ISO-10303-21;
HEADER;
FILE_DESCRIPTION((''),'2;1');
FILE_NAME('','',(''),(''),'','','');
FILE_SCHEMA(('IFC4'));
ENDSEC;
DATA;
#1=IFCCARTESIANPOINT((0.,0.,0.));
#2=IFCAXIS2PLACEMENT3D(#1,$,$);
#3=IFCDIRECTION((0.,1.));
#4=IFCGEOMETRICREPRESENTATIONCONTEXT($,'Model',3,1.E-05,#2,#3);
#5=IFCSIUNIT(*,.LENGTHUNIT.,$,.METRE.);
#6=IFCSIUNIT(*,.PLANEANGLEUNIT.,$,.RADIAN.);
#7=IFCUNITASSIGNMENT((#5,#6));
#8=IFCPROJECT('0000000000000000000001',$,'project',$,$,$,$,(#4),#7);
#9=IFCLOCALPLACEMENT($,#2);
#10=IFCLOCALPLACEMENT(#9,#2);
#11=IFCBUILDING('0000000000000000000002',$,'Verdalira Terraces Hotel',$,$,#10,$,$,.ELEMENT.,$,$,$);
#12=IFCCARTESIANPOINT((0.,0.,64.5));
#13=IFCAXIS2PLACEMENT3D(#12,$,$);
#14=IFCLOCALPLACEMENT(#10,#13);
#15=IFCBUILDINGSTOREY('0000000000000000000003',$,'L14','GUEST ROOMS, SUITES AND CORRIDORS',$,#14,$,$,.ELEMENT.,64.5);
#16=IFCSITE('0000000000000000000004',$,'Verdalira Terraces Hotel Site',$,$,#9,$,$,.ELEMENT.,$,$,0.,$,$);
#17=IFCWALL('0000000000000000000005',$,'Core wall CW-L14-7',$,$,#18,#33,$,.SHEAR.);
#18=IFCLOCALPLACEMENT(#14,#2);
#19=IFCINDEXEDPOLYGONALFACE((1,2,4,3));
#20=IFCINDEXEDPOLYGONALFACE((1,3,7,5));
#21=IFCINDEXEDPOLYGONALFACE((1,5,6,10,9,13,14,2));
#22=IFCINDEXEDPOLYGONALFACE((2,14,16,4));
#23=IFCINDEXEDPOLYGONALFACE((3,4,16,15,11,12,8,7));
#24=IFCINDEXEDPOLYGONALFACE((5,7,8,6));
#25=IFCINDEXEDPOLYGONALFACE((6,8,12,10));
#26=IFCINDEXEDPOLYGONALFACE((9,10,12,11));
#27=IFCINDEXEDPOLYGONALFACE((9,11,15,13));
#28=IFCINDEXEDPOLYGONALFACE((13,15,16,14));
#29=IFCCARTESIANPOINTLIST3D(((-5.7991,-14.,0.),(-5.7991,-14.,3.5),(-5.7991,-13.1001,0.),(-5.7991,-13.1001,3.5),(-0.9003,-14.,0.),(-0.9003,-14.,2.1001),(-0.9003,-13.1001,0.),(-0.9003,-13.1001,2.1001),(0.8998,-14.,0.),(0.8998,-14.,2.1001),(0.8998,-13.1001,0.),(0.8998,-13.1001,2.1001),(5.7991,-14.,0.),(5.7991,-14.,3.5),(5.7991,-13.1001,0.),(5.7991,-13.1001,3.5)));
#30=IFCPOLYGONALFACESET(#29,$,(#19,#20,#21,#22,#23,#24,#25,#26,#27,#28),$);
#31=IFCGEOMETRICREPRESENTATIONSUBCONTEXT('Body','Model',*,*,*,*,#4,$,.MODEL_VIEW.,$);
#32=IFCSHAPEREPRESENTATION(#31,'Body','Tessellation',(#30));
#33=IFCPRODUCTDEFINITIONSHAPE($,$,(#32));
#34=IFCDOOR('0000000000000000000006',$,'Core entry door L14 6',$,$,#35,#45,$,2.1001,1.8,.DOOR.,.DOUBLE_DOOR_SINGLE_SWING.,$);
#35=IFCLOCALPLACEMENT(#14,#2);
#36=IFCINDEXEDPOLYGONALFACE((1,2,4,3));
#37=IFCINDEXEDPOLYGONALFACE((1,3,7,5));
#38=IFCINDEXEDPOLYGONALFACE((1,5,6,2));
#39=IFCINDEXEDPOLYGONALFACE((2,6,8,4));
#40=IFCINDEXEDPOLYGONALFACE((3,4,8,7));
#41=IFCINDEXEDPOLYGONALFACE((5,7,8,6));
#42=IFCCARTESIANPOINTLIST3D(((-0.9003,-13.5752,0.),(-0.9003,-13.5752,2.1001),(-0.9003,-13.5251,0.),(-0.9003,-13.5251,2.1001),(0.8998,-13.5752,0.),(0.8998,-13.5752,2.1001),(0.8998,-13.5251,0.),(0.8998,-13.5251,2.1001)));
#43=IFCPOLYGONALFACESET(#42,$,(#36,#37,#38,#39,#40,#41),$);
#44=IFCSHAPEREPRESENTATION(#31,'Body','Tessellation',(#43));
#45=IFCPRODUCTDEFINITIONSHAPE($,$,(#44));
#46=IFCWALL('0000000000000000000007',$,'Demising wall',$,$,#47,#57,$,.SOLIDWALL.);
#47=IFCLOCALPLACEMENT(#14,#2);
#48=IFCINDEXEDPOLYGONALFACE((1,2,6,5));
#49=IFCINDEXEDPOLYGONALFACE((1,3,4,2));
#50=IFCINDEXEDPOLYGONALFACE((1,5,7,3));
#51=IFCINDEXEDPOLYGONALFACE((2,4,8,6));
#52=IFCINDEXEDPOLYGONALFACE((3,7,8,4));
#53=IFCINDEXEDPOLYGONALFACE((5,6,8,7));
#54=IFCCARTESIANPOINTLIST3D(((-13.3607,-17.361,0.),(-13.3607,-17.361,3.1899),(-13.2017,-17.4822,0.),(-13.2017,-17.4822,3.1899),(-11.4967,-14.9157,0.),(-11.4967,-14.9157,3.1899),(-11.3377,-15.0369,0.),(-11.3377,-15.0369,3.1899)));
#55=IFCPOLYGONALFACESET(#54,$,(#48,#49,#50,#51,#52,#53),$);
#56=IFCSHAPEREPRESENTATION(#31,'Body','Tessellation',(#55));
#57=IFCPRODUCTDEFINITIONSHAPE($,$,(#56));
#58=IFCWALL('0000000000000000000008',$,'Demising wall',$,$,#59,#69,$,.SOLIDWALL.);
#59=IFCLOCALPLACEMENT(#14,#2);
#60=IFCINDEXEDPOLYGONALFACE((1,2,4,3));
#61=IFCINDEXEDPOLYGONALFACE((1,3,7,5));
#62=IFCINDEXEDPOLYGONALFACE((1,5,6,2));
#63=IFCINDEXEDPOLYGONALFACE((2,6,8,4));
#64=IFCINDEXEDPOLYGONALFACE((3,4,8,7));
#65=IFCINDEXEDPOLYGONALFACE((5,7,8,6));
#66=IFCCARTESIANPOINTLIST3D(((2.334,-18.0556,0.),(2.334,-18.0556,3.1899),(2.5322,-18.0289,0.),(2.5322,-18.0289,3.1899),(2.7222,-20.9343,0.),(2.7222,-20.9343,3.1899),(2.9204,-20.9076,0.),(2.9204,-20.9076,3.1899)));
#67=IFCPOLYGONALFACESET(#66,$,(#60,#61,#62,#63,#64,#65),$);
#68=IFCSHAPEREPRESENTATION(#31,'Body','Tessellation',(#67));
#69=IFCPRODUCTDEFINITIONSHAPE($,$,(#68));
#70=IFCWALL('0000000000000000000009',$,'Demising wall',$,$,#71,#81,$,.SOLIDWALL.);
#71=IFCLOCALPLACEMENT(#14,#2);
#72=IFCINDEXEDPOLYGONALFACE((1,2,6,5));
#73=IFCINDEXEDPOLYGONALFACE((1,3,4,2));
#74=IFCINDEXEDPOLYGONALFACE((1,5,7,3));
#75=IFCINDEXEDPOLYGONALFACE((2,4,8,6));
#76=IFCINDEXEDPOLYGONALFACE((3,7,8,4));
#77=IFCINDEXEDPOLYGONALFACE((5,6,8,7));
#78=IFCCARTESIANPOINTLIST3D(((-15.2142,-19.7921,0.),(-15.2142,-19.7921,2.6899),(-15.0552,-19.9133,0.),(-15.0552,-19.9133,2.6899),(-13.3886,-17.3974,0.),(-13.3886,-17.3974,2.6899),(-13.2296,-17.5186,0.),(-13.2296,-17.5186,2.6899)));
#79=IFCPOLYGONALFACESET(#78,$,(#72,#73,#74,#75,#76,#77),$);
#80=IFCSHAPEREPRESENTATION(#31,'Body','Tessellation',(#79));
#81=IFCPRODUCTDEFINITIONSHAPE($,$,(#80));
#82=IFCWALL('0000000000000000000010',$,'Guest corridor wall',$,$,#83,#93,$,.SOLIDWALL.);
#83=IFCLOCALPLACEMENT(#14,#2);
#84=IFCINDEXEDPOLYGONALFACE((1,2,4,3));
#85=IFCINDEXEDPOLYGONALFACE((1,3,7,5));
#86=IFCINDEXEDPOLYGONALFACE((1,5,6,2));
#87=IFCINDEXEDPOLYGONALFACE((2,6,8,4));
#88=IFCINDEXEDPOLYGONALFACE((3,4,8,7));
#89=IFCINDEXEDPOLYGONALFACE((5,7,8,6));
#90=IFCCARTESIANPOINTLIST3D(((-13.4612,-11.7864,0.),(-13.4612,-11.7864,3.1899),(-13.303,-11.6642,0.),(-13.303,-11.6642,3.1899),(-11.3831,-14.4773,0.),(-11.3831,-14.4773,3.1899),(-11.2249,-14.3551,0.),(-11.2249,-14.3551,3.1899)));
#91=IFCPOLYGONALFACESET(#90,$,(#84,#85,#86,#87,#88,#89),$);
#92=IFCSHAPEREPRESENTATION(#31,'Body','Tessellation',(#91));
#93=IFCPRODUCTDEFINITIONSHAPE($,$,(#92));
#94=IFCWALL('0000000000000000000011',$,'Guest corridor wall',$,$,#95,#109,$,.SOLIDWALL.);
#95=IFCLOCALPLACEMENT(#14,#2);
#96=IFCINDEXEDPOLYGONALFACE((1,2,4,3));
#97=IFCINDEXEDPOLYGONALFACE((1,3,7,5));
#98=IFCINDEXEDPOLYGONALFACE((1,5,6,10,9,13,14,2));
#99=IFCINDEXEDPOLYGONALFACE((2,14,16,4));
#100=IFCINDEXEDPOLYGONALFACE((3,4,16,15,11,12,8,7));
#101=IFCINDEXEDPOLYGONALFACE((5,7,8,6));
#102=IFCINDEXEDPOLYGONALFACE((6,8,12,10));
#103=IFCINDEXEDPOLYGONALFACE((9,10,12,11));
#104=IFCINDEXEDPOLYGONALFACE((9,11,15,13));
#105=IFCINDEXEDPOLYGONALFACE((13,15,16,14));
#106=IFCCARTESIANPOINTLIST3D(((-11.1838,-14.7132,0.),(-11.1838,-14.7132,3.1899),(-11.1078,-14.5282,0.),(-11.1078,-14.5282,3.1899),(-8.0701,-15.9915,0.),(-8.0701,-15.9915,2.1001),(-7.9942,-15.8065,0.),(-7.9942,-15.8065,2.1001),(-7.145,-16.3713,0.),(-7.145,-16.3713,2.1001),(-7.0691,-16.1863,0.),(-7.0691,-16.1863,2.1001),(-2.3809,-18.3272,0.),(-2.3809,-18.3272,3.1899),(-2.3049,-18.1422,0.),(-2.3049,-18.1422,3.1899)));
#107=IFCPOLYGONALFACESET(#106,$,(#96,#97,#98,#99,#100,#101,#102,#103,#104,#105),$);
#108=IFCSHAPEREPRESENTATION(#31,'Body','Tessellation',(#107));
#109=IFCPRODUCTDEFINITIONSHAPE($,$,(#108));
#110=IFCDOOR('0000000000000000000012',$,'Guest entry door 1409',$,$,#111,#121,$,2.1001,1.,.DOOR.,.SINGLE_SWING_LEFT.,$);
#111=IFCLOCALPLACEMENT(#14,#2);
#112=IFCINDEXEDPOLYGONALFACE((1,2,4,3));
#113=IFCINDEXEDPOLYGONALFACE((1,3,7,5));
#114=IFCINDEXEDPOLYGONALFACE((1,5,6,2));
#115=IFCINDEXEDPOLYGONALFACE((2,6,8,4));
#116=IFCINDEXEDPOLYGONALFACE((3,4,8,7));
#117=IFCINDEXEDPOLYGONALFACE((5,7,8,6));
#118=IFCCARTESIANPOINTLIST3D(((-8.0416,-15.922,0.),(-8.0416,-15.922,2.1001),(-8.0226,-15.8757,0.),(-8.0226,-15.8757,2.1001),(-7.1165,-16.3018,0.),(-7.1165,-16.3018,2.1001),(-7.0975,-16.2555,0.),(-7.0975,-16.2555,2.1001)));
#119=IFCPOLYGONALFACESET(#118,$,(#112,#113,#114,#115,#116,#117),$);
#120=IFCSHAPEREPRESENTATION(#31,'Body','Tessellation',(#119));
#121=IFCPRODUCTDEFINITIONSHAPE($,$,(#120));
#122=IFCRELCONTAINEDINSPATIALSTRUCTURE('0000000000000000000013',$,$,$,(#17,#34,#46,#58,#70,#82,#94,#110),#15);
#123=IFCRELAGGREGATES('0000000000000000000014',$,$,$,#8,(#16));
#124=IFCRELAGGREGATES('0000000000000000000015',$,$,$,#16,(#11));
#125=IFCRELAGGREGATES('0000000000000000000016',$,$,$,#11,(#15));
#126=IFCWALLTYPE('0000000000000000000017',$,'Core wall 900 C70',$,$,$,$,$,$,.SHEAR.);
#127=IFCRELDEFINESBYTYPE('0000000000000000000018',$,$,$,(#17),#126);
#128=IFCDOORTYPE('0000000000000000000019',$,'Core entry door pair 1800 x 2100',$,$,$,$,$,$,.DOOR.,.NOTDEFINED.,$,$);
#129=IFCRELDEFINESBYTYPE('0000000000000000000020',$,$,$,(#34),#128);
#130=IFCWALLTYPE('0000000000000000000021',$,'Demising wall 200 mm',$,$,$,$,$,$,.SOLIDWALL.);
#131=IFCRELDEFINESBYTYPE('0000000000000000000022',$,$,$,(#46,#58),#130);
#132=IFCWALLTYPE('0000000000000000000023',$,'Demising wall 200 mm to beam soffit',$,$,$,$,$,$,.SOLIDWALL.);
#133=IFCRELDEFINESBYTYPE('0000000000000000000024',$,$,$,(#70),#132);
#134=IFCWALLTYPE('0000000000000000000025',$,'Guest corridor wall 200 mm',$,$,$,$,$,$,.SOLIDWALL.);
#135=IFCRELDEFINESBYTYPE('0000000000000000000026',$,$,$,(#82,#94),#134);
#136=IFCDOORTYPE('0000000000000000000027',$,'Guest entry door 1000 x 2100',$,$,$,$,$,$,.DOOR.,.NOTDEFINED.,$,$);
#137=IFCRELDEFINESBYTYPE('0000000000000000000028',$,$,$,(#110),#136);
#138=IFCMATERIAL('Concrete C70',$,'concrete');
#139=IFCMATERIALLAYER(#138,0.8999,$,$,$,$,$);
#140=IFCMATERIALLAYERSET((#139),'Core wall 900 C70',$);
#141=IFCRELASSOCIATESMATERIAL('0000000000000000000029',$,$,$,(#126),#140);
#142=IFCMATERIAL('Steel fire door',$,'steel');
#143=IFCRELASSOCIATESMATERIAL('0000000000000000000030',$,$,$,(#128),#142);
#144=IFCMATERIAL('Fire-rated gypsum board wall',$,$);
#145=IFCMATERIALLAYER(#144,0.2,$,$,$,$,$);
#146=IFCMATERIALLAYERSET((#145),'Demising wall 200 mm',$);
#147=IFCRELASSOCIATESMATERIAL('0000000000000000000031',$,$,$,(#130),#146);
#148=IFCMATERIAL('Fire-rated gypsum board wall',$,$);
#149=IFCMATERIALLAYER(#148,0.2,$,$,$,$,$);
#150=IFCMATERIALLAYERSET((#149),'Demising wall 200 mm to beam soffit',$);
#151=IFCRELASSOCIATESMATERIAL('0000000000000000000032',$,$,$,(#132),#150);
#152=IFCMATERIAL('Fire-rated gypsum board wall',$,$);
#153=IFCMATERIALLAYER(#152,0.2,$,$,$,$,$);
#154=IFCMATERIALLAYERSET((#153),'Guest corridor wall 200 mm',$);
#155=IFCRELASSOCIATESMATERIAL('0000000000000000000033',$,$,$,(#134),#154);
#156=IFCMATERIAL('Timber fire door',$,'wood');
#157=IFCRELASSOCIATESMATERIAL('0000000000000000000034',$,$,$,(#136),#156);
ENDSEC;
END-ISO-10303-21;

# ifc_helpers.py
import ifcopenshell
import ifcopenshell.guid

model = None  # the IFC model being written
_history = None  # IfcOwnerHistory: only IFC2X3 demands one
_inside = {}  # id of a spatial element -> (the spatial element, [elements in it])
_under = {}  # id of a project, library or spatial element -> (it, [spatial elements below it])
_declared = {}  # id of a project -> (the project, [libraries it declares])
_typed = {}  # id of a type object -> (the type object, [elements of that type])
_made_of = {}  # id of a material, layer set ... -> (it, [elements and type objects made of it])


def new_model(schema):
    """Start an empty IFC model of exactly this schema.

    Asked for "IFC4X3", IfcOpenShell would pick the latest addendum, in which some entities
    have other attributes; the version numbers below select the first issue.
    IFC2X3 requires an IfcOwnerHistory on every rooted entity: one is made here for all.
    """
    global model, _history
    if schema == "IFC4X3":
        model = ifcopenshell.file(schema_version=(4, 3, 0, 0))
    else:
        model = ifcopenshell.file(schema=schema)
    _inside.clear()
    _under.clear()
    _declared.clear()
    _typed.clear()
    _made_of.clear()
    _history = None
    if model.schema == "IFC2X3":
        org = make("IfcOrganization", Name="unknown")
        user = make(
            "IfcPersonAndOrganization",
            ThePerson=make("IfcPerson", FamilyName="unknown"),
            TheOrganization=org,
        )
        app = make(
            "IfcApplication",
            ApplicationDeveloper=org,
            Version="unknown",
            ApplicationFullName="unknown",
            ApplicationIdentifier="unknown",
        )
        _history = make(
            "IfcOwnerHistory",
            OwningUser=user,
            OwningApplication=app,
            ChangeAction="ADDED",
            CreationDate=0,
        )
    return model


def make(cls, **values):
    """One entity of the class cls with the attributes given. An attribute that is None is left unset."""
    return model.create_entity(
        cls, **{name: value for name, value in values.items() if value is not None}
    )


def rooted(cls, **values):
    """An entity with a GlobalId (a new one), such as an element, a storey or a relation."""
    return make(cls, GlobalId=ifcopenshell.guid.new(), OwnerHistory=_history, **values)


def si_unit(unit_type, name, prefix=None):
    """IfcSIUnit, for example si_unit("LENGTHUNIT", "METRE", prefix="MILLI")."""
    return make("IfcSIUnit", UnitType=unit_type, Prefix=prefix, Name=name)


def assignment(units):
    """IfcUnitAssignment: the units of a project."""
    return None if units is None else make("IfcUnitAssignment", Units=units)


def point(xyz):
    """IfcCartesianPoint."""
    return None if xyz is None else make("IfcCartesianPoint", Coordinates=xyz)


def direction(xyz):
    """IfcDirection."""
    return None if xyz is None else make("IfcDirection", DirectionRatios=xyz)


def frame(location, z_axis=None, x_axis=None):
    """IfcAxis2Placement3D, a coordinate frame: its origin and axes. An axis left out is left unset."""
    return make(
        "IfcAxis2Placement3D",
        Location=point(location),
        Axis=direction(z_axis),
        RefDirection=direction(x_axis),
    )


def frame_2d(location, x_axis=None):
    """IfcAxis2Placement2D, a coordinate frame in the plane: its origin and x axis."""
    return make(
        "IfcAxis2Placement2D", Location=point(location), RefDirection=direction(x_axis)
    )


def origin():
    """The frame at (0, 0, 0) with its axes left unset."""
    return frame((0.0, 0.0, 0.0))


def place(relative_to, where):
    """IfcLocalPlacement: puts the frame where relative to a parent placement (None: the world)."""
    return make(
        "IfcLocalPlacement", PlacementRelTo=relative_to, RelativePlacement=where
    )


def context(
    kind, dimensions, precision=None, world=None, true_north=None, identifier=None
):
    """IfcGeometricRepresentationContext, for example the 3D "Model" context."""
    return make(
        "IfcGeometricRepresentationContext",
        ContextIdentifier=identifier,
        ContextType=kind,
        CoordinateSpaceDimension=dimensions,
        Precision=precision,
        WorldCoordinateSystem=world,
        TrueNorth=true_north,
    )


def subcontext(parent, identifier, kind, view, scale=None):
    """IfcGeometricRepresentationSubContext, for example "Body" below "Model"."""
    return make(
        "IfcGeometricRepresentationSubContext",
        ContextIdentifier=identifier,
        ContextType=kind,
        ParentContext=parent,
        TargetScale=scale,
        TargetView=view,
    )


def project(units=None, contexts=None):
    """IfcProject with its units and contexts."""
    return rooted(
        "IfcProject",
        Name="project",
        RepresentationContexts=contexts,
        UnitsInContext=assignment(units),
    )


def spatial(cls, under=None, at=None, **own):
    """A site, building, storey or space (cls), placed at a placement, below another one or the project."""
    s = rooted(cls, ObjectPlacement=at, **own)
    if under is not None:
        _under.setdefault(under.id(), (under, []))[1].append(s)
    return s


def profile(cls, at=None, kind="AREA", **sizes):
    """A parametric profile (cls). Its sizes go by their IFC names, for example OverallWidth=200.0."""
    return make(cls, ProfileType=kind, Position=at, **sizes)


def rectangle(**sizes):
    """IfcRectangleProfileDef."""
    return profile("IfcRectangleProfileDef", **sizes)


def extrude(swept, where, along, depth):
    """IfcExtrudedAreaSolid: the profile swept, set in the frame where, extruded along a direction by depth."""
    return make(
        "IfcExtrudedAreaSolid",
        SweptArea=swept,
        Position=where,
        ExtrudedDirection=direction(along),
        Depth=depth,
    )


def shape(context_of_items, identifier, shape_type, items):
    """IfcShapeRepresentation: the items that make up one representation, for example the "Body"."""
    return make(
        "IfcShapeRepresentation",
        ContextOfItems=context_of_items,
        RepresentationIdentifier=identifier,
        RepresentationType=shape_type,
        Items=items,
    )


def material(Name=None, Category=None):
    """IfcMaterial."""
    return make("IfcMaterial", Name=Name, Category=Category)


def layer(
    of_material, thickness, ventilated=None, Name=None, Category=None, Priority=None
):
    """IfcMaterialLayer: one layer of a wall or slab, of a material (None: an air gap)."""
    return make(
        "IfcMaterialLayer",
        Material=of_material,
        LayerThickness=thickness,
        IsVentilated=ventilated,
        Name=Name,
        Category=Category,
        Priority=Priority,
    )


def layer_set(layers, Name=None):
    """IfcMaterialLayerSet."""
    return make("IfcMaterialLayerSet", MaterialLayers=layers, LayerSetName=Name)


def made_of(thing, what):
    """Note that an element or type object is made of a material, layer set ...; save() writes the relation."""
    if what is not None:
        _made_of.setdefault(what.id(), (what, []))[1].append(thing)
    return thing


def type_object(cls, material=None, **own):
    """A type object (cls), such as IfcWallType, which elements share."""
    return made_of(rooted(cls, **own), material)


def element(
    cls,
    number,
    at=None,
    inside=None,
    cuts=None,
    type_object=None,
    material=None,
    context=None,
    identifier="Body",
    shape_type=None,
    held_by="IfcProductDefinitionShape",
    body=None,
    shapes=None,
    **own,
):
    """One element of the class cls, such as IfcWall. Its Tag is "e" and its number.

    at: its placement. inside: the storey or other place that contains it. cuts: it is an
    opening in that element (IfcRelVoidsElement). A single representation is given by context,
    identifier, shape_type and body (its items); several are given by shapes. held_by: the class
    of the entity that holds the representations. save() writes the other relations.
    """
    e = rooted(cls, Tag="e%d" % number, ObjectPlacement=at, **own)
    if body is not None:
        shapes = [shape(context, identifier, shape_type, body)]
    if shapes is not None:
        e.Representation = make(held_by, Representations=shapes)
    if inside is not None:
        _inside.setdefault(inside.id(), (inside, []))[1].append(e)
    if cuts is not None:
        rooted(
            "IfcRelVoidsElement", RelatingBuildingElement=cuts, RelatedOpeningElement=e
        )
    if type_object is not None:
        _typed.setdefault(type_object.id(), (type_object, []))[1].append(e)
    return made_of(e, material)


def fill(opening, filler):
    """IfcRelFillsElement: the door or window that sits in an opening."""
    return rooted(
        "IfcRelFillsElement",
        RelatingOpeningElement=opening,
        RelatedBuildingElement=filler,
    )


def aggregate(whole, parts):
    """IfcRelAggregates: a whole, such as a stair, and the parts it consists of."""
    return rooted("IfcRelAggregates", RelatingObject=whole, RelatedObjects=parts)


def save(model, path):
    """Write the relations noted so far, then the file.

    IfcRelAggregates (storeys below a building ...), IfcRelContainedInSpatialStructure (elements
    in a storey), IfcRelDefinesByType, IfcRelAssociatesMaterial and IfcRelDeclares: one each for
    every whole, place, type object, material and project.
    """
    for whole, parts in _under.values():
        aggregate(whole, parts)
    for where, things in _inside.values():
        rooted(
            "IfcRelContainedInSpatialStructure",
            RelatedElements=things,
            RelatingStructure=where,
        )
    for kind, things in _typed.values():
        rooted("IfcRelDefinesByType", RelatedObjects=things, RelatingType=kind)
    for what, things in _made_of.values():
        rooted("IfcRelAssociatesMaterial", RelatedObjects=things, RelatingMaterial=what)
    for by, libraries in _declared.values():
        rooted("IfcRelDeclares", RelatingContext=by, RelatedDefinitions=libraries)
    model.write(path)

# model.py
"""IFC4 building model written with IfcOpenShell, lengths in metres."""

from ifc_helpers import new_model, si_unit, direction, frame, frame_2d, origin, place, context, subcontext, project, spatial, rectangle, extrude, material, layer, layer_set, type_object, element, fill, save


model = new_model("IFC4")

# Units and contexts
model_context = context("Model", 3, precision=1e-05, world=origin(), true_north=direction((0.0, 1.0)))
body_context = subcontext(model_context, "Body", "Model", "MODEL_VIEW")
ifc_project = project(units=[si_unit("LENGTHUNIT", "METRE"), si_unit("PLANEANGLEUNIT", "RADIAN")], contexts=[model_context])

# Site, building, storey
site_placement = place(None, origin())
site = spatial("IfcSite", under=ifc_project, at=site_placement, Name="Verdalira Terraces Hotel Site", CompositionType="ELEMENT", RefElevation=0.0)
building_placement = place(site_placement, origin())
building = spatial("IfcBuilding", under=site, at=building_placement, Name="Verdalira Terraces Hotel", CompositionType="ELEMENT")
storey_placement = place(building_placement, frame((0.0, 0.0, 64.5)))
storey = spatial("IfcBuildingStorey", under=building, at=storey_placement, Name="L14", Description="GUEST ROOMS, SUITES AND CORRIDORS", CompositionType="ELEMENT", Elevation=64.5)

# Wall, opening, door
ifc_material_1 = material(Name="Concrete C70", Category="concrete")
ifc_layer_1 = layer(ifc_material_1, 0.8999)
ifc_layer_set_1 = layer_set([ifc_layer_1], Name="Core wall 900 C70")
wall_type_1 = type_object("IfcWallType", Name="Core wall 900 C70", PredefinedType="SHEAR", material=ifc_layer_set_1)
wall_1_placement = place(storey_placement, frame((-5.7991, -13.55, 0.0), z_axis=(0.0, 0.0, 1.0), x_axis=(1.0, 0.0, 0.0)))
wall_1 = element("IfcWall", 1, at=wall_1_placement, inside=storey, type_object=wall_type_1, Name="Core wall CW-L14-7", PredefinedType="SHEAR", context=body_context, shape_type="SweptSolid", body=[
    extrude(rectangle(XDim=11.5981, YDim=0.8999, at=frame_2d((5.7991, 0.0))), origin(), (0.0, 0.0, 1.0), 3.5),
])
opening_1_placement = place(wall_1_placement, frame((4.8989, 0.0, 0.0)))
opening_1 = element("IfcOpeningElement", 2, at=opening_1_placement, cuts=wall_1, PredefinedType="OPENING", context=body_context, shape_type="SweptSolid", body=[
    extrude(rectangle(XDim=1.8, YDim=2.1001, at=frame_2d((0.8999, 1.05))), frame((0.0, 0.46, 0.0), z_axis=(0.0, -1.0, 0.0), x_axis=(1.0, 0.0, 0.0)), (0.0, 0.0, 1.0), 0.9199),
])
ifc_material_2 = material(Name="Steel fire door", Category="steel")
door_type_1 = type_object("IfcDoorType", Name="Core entry door pair 1800 x 2100", OperationType="NOTDEFINED", PredefinedType="DOOR", material=ifc_material_2)
door_1_placement = place(opening_1_placement, origin())
door_1 = element("IfcDoor", 3, at=door_1_placement, inside=storey, type_object=door_type_1, Name="Core entry door L14 6", OperationType="DOUBLE_DOOR_SINGLE_SWING", OverallHeight=2.1001, OverallWidth=1.8, PredefinedType="DOOR", context=body_context, shape_type="SweptSolid", body=[
    extrude(rectangle(XDim=1.8, YDim=2.1001, at=frame_2d((0.8999, 1.05))), frame((0.0, 0.0249, 0.0), z_axis=(0.0, -1.0, 0.0), x_axis=(1.0, 0.0, 0.0)), (0.0, 0.0, 1.0), 0.05),
])
fill(opening_1, door_1)

# Walls
ifc_material_3 = material(Name="Fire-rated gypsum board wall")
ifc_layer_2 = layer(ifc_material_3, 0.2)
ifc_layer_set_2 = layer_set([ifc_layer_2], Name="Demising wall 200 mm")
wall_type_2 = type_object("IfcWallType", Name="Demising wall 200 mm", PredefinedType="SOLIDWALL", material=ifc_layer_set_2)
wall_2_placement = place(storey_placement, frame((-11.4172, -14.9763, 0.0), z_axis=(0.0, 0.0, 1.0), x_axis=(-0.606232, -0.795288, 0.0)))
element("IfcWall", 4, at=wall_2_placement, inside=storey, type_object=wall_type_2, Name="Demising wall", PredefinedType="SOLIDWALL", context=body_context, shape_type="SweptSolid", body=[
    extrude(rectangle(XDim=3.0747, YDim=0.2, at=frame_2d((1.5374, 0.0))), origin(), (0.0, 0.0, 1.0), 3.1899),
])
wall_3_placement = place(storey_placement, frame((2.4331, -18.0422, 0.0), z_axis=(0.0, 0.0, 1.0), x_axis=(0.133639, -0.99103, 0.0)))
element("IfcWall", 5, at=wall_3_placement, inside=storey, type_object=wall_type_2, Name="Demising wall", PredefinedType="SOLIDWALL", context=body_context, shape_type="SweptSolid", body=[
    extrude(rectangle(XDim=2.9048, YDim=0.2, at=frame_2d((1.4524, 0.0))), origin(), (0.0, 0.0, 1.0), 3.1899),
])
ifc_material_4 = material(Name="Fire-rated gypsum board wall")
ifc_layer_3 = layer(ifc_material_4, 0.2)
ifc_layer_set_3 = layer_set([ifc_layer_3], Name="Demising wall 200 mm to beam soffit")
wall_type_3 = type_object("IfcWallType", Name="Demising wall 200 mm to beam soffit", PredefinedType="SOLIDWALL", material=ifc_layer_set_3)
wall_4_placement = place(storey_placement, frame((-13.3091, -17.458, 0.0), z_axis=(0.0, 0.0, 1.0), x_axis=(-0.606273, -0.795257, 0.0)))
element("IfcWall", 6, at=wall_4_placement, inside=storey, type_object=wall_type_3, Name="Demising wall", PredefinedType="SOLIDWALL", context=body_context, shape_type="SweptSolid", body=[
    extrude(rectangle(XDim=3.0112, YDim=0.2, at=frame_2d((1.5056, 0.0))), origin(), (0.0, 0.0, 1.0), 2.6899),
])
ifc_material_5 = material(Name="Fire-rated gypsum board wall")
ifc_layer_4 = layer(ifc_material_5, 0.2)
ifc_layer_set_4 = layer_set([ifc_layer_4], Name="Guest corridor wall 200 mm")
wall_type_4 = type_object("IfcWallType", Name="Guest corridor wall 200 mm", PredefinedType="SOLIDWALL", material=ifc_layer_set_4)
wall_5_placement = place(storey_placement, frame((-13.3821, -11.7253, 0.0), z_axis=(0.0, 0.0, 1.0), x_axis=(0.611223, -0.791459, 0.0)))
element("IfcWall", 7, at=wall_5_placement, inside=storey, type_object=wall_type_4, Name="Guest corridor wall", PredefinedType="SOLIDWALL", context=body_context, shape_type="SweptSolid", body=[
    extrude(rectangle(XDim=3.3999, YDim=0.2, at=frame_2d((1.7, 0.0))), origin(), (0.0, 0.0, 1.0), 3.1899),
])

# Wall, opening, door
wall_6_placement = place(storey_placement, frame((-2.343, -18.2346, 0.0), z_axis=(0.0, 0.0, 1.0), x_axis=(-0.925075, 0.379784, 0.0)))
wall_6 = element("IfcWall", 8, at=wall_6_placement, inside=storey, type_object=wall_type_4, Name="Guest corridor wall", PredefinedType="SOLIDWALL", context=body_context, shape_type="SweptSolid", body=[
    extrude(rectangle(XDim=9.5159, YDim=0.2, at=frame_2d((4.7578, 0.0))), origin(), (0.0, 0.0, 1.0), 3.1899),
])
opening_2_placement = place(wall_6_placement, frame((5.1499, 0.0, 0.0)))
opening_2 = element("IfcOpeningElement", 9, at=opening_2_placement, cuts=wall_6, PredefinedType="OPENING", context=body_context, shape_type="SweptSolid", body=[
    extrude(rectangle(XDim=1.0, YDim=2.1001, at=frame_2d((0.5, 1.05))), frame((0.0, 0.1099, 0.0), z_axis=(0.0, -1.0, 0.0), x_axis=(1.0, 0.0, 0.0)), (0.0, 0.0, 1.0), 0.22),
])
ifc_material_6 = material(Name="Timber fire door", Category="wood")
door_type_2 = type_object("IfcDoorType", Name="Guest entry door 1000 x 2100", OperationType="NOTDEFINED", PredefinedType="DOOR", material=ifc_material_6)
door_2_placement = place(opening_2_placement, origin())
door_2 = element("IfcDoor", 10, at=door_2_placement, inside=storey, type_object=door_type_2, Name="Guest entry door 1409", OperationType="SINGLE_SWING_LEFT", OverallHeight=2.1001, OverallWidth=1.0, PredefinedType="DOOR", context=body_context, shape_type="SweptSolid", body=[
    extrude(rectangle(XDim=1.0, YDim=2.1001, at=frame_2d((0.5, 1.05))), frame((0.0, 0.0249, 0.0), z_axis=(0.0, -1.0, 0.0), x_axis=(1.0, 0.0, 0.0)), (0.0, 0.0, 1.0), 0.05),
])
fill(opening_2, door_2)

save(model, "model.ifc")
